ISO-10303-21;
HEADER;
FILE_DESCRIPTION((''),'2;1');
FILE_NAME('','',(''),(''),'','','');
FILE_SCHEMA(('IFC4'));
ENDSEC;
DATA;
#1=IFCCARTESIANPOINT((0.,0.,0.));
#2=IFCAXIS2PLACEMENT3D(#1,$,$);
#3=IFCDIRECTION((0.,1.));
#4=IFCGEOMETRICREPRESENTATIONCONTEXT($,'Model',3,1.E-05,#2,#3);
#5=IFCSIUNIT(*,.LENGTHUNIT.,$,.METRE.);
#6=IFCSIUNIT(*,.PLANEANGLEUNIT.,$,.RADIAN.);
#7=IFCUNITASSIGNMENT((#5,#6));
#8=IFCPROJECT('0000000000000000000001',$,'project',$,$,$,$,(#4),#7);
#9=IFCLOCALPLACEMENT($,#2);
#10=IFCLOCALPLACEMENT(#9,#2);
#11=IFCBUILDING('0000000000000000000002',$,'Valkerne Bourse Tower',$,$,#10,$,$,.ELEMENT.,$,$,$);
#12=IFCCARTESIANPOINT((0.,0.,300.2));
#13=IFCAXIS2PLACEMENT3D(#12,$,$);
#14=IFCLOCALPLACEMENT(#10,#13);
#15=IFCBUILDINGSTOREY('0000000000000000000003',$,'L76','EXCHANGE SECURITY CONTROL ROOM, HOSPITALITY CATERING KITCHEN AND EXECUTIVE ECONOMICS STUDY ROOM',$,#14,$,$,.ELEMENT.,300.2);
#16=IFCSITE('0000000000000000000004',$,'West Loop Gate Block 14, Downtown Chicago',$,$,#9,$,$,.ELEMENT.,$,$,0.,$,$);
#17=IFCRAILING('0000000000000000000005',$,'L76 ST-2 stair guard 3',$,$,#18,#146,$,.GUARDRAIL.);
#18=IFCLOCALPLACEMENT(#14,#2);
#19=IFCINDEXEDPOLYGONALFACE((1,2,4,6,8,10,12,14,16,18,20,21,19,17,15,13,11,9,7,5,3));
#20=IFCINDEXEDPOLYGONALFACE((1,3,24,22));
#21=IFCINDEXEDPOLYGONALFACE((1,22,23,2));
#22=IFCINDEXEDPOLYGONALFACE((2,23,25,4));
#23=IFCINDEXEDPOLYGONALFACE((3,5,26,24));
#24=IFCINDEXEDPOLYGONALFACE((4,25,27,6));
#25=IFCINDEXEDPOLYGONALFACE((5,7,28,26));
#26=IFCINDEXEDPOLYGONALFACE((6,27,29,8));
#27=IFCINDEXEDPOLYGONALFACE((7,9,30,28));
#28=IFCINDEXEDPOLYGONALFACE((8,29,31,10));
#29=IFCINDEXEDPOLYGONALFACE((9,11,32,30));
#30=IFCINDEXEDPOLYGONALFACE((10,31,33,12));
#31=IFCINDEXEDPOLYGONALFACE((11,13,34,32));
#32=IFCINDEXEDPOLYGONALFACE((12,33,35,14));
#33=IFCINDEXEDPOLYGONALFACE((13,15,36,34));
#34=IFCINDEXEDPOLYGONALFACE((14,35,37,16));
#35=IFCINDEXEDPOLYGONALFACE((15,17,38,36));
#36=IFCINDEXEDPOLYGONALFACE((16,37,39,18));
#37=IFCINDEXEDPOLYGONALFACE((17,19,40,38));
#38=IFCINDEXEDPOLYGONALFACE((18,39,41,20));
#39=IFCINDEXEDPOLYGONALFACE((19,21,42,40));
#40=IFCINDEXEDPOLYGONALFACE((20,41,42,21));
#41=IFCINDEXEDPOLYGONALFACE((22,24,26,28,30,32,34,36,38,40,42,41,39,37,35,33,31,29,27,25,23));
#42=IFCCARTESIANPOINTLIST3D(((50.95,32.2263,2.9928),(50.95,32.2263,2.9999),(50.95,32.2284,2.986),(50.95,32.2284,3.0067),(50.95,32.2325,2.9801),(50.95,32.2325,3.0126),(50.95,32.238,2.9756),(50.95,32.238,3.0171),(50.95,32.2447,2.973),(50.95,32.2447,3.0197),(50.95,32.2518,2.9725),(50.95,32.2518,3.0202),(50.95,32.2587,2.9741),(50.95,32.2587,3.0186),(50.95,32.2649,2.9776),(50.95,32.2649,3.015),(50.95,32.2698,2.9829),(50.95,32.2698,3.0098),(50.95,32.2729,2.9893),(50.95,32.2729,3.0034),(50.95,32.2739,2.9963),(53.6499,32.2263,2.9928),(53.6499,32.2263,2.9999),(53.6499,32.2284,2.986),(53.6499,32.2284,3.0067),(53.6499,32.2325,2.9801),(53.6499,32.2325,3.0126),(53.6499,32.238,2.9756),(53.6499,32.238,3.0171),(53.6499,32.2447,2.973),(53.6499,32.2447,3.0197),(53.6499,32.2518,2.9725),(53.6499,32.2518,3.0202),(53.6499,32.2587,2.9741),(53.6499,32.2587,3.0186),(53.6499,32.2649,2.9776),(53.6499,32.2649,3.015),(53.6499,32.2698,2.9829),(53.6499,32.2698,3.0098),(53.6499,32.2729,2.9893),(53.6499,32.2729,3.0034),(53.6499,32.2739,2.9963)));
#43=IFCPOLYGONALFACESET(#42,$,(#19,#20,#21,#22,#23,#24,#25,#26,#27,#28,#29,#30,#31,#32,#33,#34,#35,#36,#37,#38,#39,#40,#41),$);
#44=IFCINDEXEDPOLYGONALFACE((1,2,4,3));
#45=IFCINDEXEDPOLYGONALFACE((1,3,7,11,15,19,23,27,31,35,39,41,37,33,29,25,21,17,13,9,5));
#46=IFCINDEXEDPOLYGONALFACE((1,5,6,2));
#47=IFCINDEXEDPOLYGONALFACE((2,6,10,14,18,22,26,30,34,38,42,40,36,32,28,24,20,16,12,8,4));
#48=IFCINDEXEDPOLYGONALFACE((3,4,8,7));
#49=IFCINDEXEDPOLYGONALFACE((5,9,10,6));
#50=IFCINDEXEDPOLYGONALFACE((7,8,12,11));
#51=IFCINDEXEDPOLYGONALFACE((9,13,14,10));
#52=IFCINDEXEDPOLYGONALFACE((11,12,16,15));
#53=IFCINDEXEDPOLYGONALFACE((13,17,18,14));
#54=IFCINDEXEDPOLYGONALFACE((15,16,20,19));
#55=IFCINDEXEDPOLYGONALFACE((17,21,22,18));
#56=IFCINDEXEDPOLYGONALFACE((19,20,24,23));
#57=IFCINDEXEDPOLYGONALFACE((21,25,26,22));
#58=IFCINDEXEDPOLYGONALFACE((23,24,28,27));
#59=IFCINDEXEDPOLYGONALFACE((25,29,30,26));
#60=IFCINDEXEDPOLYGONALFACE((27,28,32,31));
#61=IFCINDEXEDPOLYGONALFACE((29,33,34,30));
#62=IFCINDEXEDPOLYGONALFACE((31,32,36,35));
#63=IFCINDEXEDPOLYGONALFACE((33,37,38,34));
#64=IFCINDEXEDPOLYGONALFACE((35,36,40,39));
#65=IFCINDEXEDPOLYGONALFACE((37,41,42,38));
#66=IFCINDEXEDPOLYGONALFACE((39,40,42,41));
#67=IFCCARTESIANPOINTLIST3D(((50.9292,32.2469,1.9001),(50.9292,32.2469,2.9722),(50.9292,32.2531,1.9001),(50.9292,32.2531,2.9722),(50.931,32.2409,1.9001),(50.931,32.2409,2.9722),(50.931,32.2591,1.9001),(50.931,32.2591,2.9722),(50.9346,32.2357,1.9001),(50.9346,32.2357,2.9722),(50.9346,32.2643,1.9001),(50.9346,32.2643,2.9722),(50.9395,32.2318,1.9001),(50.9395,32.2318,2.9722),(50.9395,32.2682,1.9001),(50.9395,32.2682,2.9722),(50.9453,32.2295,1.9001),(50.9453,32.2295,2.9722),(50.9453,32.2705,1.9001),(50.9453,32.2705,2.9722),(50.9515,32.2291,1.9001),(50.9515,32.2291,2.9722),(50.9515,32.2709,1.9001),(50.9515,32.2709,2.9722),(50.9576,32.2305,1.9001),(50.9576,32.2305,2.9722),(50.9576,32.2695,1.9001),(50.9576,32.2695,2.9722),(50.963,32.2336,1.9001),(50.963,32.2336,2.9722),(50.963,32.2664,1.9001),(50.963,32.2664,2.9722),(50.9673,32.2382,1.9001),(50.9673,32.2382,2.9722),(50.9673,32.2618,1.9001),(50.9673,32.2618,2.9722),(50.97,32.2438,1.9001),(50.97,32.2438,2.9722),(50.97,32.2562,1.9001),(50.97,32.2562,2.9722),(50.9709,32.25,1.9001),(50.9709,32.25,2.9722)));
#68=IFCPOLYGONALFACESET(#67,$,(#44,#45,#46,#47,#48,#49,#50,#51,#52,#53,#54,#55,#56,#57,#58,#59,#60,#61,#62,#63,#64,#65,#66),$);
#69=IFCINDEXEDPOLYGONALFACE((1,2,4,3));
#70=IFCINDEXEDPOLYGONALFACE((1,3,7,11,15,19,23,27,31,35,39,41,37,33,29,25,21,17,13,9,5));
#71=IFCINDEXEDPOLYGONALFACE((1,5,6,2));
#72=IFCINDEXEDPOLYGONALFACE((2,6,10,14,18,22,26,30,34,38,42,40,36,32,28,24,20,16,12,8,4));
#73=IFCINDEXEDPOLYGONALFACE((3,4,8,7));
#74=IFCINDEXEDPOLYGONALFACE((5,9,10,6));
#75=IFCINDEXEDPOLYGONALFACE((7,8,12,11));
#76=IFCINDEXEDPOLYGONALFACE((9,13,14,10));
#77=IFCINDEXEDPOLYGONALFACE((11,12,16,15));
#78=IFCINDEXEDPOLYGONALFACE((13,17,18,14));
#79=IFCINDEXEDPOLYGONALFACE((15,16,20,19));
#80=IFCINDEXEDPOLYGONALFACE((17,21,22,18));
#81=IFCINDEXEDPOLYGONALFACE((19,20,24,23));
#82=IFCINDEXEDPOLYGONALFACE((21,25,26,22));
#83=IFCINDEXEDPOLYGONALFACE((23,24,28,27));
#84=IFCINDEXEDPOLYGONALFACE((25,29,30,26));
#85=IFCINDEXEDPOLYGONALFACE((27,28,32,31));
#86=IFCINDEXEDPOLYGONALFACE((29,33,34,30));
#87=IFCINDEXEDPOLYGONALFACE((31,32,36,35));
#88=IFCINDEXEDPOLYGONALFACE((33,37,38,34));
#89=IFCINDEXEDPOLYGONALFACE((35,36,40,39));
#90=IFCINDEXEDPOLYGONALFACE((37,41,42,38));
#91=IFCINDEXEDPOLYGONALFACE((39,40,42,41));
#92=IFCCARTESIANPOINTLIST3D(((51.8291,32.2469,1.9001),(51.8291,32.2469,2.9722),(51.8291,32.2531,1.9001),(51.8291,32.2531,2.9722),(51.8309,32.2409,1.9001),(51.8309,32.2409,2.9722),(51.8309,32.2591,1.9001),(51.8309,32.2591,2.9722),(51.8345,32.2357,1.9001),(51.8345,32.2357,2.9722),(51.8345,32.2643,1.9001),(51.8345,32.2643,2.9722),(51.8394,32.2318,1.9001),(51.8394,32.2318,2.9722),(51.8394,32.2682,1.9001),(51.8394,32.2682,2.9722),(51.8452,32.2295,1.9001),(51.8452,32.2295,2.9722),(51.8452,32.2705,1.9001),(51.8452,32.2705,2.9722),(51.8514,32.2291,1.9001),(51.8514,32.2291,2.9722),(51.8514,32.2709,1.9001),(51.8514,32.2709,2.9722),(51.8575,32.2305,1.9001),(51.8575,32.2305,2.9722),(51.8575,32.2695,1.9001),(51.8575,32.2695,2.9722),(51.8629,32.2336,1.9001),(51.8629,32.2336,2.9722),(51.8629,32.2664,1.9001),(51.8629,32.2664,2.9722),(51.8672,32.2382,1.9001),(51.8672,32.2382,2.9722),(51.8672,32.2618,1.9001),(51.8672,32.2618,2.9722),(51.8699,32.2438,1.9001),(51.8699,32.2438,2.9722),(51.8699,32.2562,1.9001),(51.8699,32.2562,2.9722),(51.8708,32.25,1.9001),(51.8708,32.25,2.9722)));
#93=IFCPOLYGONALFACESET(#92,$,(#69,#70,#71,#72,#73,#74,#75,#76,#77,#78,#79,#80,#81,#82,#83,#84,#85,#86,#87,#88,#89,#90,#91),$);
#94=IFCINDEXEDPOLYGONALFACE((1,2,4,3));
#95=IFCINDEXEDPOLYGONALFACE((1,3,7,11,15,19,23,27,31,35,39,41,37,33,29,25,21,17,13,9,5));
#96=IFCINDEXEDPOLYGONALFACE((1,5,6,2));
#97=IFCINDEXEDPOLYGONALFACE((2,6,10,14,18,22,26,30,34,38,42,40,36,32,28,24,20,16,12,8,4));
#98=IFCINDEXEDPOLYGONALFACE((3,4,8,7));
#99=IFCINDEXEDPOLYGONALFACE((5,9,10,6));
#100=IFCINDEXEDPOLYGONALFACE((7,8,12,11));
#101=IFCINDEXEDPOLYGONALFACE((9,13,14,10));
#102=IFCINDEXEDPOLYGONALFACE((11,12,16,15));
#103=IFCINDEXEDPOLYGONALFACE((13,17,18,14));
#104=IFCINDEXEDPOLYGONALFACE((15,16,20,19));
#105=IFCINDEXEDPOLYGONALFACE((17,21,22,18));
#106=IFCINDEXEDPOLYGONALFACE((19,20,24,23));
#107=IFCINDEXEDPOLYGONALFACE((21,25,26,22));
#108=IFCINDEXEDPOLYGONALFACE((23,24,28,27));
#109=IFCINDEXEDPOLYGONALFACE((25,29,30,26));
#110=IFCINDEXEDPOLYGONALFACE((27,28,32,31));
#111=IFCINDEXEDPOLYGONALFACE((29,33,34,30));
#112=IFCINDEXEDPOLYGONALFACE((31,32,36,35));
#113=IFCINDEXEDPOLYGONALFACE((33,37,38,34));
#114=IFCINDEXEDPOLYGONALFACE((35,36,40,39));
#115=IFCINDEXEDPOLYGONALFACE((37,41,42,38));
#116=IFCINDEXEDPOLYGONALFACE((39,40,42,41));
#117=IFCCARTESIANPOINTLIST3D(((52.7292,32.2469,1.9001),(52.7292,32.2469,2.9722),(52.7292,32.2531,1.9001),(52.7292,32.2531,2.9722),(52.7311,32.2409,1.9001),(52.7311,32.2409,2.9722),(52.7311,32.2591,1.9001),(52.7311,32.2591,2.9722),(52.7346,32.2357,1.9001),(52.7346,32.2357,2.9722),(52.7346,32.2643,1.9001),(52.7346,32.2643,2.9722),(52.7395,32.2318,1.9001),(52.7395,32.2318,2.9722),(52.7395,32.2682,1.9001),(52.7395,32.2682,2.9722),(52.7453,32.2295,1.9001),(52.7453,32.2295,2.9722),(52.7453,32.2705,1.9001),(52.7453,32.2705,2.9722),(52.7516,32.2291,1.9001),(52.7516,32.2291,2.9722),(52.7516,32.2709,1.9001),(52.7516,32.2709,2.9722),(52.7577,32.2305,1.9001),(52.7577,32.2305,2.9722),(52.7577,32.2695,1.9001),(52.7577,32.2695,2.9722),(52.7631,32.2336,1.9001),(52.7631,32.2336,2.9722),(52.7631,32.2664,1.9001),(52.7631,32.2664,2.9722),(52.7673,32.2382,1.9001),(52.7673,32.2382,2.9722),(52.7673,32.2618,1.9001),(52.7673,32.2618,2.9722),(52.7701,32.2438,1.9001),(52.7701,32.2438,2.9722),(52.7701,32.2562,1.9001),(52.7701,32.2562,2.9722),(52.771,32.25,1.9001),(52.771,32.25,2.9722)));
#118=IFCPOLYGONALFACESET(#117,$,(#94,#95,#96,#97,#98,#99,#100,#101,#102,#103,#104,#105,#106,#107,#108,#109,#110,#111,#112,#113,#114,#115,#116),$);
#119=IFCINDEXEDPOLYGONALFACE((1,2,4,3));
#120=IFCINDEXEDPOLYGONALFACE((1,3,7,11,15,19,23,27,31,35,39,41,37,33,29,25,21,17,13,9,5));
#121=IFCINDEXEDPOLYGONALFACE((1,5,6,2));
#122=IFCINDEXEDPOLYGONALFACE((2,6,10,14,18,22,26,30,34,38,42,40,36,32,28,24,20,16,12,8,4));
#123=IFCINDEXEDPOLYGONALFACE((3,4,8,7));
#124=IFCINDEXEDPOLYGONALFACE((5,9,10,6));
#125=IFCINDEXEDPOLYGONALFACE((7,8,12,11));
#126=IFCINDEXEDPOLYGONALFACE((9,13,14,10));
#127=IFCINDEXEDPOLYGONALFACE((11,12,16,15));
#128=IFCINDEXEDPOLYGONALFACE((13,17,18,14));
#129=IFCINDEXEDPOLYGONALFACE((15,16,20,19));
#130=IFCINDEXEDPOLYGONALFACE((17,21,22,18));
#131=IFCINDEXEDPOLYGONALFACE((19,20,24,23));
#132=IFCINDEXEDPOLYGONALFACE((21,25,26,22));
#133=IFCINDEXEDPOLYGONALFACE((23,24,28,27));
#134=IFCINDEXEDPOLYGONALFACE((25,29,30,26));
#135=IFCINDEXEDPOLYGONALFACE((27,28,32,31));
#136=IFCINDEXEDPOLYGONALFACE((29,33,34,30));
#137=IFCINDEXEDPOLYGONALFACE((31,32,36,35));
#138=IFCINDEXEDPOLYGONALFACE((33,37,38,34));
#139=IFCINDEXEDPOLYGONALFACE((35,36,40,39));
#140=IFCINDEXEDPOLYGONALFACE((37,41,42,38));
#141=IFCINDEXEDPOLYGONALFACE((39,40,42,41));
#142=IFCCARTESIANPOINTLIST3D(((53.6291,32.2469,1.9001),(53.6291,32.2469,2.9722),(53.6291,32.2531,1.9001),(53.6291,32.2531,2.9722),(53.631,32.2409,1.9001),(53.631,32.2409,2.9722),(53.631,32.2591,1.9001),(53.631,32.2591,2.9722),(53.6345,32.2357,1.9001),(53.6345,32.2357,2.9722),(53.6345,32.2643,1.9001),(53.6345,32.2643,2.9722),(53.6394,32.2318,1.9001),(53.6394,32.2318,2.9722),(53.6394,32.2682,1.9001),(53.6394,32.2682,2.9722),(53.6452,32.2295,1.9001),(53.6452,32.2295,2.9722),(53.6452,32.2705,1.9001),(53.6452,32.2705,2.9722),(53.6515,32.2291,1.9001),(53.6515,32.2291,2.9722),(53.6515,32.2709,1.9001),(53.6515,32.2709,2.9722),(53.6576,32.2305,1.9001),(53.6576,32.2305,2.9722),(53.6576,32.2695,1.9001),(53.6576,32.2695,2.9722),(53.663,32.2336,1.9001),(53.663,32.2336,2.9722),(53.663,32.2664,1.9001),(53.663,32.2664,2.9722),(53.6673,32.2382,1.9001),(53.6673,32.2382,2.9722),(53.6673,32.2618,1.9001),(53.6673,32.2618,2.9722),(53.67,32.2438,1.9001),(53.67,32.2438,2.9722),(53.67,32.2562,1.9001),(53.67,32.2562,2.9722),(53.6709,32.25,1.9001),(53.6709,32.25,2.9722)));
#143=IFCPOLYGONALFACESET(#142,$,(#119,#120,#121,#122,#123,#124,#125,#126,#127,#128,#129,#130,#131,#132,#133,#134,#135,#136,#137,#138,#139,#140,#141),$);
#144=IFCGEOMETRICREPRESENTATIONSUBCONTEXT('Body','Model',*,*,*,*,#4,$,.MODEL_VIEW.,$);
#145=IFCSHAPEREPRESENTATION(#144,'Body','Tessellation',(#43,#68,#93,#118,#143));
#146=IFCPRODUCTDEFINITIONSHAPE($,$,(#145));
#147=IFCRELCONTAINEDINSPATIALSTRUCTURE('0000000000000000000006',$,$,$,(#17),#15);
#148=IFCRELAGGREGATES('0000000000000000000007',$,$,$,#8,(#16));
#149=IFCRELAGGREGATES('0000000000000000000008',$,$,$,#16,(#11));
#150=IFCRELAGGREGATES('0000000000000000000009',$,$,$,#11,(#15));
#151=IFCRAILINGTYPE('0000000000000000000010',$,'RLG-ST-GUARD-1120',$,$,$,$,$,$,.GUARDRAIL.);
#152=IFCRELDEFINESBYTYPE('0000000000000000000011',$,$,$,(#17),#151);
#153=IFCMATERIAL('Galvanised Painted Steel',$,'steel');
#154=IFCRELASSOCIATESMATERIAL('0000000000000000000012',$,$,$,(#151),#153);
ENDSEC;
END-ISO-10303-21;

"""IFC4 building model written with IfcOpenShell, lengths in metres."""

from ifc_helpers import new_model, si_unit, direction, frame, origin, origin_2d, place, context, subcontext, project, spatial, circle, extrude, material, type_object, element, save


model = new_model("IFC4")

# Units and contexts
model_context = context("Model", 3, precision=1e-05, world=origin(), true_north=direction((0.0, 1.0)))
body_context = subcontext(model_context, "Body", "Model", "MODEL_VIEW")
ifc_project = project(units=[si_unit("LENGTHUNIT", "METRE"), si_unit("PLANEANGLEUNIT", "RADIAN")], contexts=[model_context])

# Site, building, storey
site_placement = place(None, origin())
site = spatial("IfcSite", under=ifc_project, at=site_placement, Name="West Loop Gate Block 14, Downtown Chicago", CompositionType="ELEMENT", RefElevation=0.0)
building_placement = place(site_placement, origin())
building = spatial("IfcBuilding", under=site, at=building_placement, Name="Valkerne Bourse Tower", CompositionType="ELEMENT")
storey_placement = place(building_placement, frame((0.0, 0.0, 300.2)))
storey = spatial("IfcBuildingStorey", under=building, at=storey_placement, Name="L76", Description="EXCHANGE SECURITY CONTROL ROOM, HOSPITALITY CATERING KITCHEN AND EXECUTIVE ECONOMICS STUDY ROOM", CompositionType="ELEMENT", Elevation=300.2)

# Shared definitions
ifc_material_1 = material(Name="Galvanised Painted Steel", Category="steel")

# Railing
railing_type_1 = type_object("IfcRailingType", Name="RLG-ST-GUARD-1120", PredefinedType="GUARDRAIL", material=ifc_material_1)
for number, where, name in (
    (1, (50.95, 32.25, 1.9001), "L76 ST-2 stair guard 3"),
):
    element("IfcRailing", number, at=place(storey_placement, frame(where)), inside=storey, type_object=railing_type_1, Name=name, PredefinedType="GUARDRAIL", context=body_context, shape_type="SweptSolid", body=[
        extrude(circle(Radius=0.0239, at=origin_2d()), frame((0.0, 0.0, 1.0962), z_axis=(1.0, 0.0, 0.0), x_axis=(0.0, 1.0, 0.0)), (0.0, 0.0, 1.0), 2.7),
        extrude(circle(Radius=0.021, at=origin_2d()), origin(), (0.0, 0.0, 1.0), 1.072),
        extrude(circle(Radius=0.021, at=origin_2d()), frame((0.8999, 0.0, 0.0)), (0.0, 0.0, 1.0), 1.072),
        extrude(circle(Radius=0.021, at=origin_2d()), frame((1.8, 0.0, 0.0)), (0.0, 0.0, 1.0), 1.072),
        extrude(circle(Radius=0.021, at=origin_2d()), frame((2.7, 0.0, 0.0)), (0.0, 0.0, 1.0), 1.072),
    ])

save(model, "model.ifc")
